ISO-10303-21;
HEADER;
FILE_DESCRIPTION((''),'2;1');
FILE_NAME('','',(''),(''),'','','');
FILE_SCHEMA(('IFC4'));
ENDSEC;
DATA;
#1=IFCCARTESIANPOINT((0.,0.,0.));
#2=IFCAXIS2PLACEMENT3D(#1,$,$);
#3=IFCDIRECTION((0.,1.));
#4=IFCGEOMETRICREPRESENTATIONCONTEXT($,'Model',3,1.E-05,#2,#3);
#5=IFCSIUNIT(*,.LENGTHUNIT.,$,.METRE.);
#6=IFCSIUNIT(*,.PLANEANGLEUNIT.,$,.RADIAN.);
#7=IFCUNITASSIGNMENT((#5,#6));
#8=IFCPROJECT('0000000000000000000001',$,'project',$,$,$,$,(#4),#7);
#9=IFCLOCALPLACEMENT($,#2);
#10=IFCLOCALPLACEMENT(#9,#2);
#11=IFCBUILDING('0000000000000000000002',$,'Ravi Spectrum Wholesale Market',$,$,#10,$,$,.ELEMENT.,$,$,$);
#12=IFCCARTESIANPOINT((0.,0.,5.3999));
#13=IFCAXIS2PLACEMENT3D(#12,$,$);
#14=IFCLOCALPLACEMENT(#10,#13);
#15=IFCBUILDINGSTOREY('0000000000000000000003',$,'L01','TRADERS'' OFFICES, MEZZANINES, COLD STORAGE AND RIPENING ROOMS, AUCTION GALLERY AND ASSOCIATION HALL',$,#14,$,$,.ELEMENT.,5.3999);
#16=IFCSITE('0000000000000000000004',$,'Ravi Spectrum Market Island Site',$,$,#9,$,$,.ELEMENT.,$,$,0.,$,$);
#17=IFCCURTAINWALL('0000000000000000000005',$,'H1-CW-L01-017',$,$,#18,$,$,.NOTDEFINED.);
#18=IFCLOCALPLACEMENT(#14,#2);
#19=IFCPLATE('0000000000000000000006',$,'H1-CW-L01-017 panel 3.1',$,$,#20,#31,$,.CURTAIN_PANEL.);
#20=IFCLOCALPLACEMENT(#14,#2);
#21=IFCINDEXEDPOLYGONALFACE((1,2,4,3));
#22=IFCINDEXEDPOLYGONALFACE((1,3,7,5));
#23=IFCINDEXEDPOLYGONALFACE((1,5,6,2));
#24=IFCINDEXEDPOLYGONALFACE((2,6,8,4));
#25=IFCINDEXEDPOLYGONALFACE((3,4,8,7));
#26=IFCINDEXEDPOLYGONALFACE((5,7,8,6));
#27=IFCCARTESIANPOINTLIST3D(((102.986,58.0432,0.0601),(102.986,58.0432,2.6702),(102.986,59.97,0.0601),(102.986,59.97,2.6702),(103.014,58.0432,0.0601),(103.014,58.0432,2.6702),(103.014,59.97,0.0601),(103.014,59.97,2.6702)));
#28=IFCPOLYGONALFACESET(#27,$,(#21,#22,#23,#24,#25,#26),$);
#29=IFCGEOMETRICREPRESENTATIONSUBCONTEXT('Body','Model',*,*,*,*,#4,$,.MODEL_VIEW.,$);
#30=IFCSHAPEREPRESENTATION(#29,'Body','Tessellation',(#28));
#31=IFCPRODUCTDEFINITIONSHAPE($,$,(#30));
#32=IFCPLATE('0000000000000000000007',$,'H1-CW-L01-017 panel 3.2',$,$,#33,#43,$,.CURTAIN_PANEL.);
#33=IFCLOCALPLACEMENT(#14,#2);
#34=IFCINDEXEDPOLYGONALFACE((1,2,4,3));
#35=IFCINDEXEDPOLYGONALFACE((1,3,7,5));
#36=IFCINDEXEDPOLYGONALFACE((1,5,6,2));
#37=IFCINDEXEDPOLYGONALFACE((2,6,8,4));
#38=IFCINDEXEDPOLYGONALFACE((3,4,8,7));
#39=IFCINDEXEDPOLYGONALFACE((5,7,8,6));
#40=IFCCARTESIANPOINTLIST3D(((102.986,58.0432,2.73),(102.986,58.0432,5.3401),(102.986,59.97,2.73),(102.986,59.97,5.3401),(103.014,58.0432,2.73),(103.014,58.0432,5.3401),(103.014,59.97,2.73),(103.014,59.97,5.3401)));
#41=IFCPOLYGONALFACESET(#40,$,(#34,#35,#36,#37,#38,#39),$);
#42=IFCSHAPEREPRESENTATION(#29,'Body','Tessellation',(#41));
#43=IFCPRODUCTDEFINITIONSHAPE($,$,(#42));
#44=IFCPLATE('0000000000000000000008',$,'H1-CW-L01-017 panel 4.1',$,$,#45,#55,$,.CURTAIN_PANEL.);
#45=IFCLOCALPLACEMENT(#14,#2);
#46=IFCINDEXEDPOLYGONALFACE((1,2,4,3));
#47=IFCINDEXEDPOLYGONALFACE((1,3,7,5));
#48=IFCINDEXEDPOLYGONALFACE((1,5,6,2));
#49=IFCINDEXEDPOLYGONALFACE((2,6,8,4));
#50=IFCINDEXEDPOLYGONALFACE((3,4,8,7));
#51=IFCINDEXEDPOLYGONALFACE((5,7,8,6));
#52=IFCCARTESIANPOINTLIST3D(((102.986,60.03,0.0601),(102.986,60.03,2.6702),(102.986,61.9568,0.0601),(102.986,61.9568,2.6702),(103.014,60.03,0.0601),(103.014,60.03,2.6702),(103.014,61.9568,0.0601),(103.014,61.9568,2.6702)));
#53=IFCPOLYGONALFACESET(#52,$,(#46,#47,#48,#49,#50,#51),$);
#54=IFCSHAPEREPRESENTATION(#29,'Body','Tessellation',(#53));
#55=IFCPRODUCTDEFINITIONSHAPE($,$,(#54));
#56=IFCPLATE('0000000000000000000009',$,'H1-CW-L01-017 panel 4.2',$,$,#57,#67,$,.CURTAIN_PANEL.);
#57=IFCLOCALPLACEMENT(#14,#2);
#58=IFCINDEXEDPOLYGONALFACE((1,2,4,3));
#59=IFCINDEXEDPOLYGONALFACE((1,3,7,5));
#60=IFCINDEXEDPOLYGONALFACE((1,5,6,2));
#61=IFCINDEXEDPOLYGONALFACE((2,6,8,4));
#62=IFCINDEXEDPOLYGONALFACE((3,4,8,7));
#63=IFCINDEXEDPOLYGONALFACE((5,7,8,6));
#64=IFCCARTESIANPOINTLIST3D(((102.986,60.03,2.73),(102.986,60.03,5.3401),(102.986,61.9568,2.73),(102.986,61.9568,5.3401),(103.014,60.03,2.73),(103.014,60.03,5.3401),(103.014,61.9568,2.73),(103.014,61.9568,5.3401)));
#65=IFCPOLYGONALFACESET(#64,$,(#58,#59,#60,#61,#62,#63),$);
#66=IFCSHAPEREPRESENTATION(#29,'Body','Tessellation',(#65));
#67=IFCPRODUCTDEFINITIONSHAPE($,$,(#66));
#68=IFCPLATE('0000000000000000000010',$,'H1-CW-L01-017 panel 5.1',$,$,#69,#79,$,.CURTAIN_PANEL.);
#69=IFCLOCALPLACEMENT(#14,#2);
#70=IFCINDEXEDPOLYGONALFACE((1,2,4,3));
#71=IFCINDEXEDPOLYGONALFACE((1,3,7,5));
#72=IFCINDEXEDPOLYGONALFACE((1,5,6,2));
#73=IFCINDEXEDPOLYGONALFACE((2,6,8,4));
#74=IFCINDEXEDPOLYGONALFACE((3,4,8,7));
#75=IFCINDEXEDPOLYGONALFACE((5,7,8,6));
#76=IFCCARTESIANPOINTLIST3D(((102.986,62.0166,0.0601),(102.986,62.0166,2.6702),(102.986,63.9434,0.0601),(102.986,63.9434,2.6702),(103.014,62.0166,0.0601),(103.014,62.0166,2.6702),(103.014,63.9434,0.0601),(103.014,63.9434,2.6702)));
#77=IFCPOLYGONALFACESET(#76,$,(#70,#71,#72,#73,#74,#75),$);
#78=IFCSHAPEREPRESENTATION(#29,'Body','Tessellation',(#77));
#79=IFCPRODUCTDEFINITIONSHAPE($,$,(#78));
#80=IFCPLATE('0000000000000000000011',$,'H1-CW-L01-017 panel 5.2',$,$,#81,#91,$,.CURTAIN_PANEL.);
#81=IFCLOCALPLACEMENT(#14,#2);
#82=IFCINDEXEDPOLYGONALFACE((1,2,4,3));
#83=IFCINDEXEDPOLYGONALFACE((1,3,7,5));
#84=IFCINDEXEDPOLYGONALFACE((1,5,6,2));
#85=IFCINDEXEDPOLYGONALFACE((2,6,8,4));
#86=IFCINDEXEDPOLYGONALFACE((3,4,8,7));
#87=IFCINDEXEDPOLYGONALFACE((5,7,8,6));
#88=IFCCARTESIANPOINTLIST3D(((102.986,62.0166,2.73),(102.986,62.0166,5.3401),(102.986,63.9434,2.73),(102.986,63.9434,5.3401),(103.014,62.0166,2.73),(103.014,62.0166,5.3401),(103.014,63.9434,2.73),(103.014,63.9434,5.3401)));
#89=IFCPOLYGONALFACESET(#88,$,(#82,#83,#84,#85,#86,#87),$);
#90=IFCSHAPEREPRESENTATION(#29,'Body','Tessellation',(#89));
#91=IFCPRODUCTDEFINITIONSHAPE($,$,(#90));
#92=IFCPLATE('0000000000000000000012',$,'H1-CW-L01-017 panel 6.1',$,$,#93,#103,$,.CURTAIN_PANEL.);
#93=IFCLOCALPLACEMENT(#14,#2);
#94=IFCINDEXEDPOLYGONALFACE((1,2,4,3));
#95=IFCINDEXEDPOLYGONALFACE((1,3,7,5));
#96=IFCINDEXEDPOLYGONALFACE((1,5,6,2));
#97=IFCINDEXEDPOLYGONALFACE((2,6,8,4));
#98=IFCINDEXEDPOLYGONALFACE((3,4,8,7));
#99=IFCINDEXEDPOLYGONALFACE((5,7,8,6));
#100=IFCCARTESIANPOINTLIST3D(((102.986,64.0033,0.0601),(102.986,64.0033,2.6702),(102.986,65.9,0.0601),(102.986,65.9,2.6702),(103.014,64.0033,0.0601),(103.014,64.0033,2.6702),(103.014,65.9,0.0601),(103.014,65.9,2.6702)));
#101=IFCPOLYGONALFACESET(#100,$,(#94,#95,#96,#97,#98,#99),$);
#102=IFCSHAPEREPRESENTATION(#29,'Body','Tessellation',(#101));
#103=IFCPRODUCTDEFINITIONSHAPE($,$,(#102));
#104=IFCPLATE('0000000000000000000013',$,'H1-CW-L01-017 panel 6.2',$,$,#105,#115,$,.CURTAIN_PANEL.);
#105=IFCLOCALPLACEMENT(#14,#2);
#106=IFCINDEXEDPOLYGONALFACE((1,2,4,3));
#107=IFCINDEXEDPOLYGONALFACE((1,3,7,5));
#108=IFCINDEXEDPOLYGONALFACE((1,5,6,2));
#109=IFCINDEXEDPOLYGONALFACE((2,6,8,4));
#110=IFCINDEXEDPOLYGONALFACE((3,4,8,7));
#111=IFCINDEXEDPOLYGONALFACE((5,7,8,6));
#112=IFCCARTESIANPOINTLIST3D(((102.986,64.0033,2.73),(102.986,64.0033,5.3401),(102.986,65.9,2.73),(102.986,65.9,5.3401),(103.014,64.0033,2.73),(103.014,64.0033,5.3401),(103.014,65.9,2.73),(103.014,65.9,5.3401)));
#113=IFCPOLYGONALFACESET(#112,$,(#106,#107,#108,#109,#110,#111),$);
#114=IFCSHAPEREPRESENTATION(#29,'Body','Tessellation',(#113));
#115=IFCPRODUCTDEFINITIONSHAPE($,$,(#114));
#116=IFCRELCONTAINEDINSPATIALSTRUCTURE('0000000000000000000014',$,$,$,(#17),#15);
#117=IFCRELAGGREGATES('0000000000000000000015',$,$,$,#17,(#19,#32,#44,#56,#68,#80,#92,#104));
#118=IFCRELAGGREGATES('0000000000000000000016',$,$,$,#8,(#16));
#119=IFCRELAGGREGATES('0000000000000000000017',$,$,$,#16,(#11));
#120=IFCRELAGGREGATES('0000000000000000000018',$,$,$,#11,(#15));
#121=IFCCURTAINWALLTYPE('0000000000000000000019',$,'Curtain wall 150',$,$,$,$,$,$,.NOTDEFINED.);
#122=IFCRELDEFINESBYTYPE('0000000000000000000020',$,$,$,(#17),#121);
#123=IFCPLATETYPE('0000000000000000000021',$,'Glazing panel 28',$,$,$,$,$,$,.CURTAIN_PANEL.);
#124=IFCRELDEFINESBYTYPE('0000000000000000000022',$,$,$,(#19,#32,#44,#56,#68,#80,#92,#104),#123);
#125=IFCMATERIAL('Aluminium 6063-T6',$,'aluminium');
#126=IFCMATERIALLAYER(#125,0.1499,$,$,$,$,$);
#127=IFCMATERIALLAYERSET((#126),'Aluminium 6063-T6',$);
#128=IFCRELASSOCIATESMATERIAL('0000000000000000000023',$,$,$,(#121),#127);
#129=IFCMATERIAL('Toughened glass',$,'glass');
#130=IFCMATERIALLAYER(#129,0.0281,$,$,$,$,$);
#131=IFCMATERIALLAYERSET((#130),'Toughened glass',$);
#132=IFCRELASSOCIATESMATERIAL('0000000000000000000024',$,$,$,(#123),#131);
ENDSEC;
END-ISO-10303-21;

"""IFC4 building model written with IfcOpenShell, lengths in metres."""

from ifc_helpers import new_model, si_unit, direction, frame, origin, origin_2d, place, context, subcontext, project, spatial, rectangle, extrude, material, layer, layer_set, type_object, element, aggregate, save


model = new_model("IFC4")

# Units and contexts
model_context = context("Model", 3, precision=1e-05, world=origin(), true_north=direction((0.0, 1.0)))
body_context = subcontext(model_context, "Body", "Model", "MODEL_VIEW")
ifc_project = project(units=[si_unit("LENGTHUNIT", "METRE"), si_unit("PLANEANGLEUNIT", "RADIAN")], contexts=[model_context])

# Site, building, storey
site_placement = place(None, origin())
site = spatial("IfcSite", under=ifc_project, at=site_placement, Name="Ravi Spectrum Market Island Site", CompositionType="ELEMENT", RefElevation=0.0)
building_placement = place(site_placement, origin())
building = spatial("IfcBuilding", under=site, at=building_placement, Name="Ravi Spectrum Wholesale Market", CompositionType="ELEMENT")
storey_placement = place(building_placement, frame((0.0, 0.0, 5.3999)))
storey = spatial("IfcBuildingStorey", under=building, at=storey_placement, Name="L01", Description="TRADERS' OFFICES, MEZZANINES, COLD STORAGE AND RIPENING ROOMS, AUCTION GALLERY AND ASSOCIATION HALL", CompositionType="ELEMENT", Elevation=5.3999)

# Curtain wall, plates
ifc_material_1 = material(Name="Aluminium 6063-T6", Category="aluminium")
ifc_layer_1 = layer(ifc_material_1, 0.1499)
ifc_layer_set_1 = layer_set([ifc_layer_1], Name="Aluminium 6063-T6")
curtain_wall_type = type_object("IfcCurtainWallType", Name="Curtain wall 150", PredefinedType="NOTDEFINED", material=ifc_layer_set_1)
curtain_wall_placement = place(storey_placement, origin())
curtain_wall = element("IfcCurtainWall", 1, at=curtain_wall_placement, inside=storey, type_object=curtain_wall_type, Name="H1-CW-L01-017", PredefinedType="NOTDEFINED")
ifc_material_2 = material(Name="Toughened glass", Category="glass")
ifc_layer_2 = layer(ifc_material_2, 0.0281)
ifc_layer_set_2 = layer_set([ifc_layer_2], Name="Toughened glass")
plate_type = type_object("IfcPlateType", Name="Glazing panel 28", PredefinedType="CURTAIN_PANEL", material=ifc_layer_set_2)
plate_1_placement = place(storey_placement, frame((103.0, 59.0066, 0.0601), z_axis=(0.0, 0.0, 1.0), x_axis=(0.0, 1.0, 0.0)))
plate_1 = element("IfcPlate", 2, at=plate_1_placement, type_object=plate_type, Name="H1-CW-L01-017 panel 3.1", PredefinedType="CURTAIN_PANEL", context=body_context, shape_type="SweptSolid", body=[
    extrude(rectangle(XDim=1.9268, YDim=0.0281, at=origin_2d()), origin(), (0.0, 0.0, 1.0), 2.6101),
])
plate_2_placement = place(storey_placement, frame((103.0, 59.0066, 2.73), z_axis=(0.0, 0.0, 1.0), x_axis=(0.0, 1.0, 0.0)))
plate_2 = element("IfcPlate", 3, at=plate_2_placement, type_object=plate_type, Name="H1-CW-L01-017 panel 3.2", PredefinedType="CURTAIN_PANEL", context=body_context, shape_type="SweptSolid", body=[
    extrude(rectangle(XDim=1.9268, YDim=0.0281, at=origin_2d()), origin(), (0.0, 0.0, 1.0), 2.6101),
])
plate_3_placement = place(storey_placement, frame((103.0, 60.9934, 0.0601), z_axis=(0.0, 0.0, 1.0), x_axis=(0.0, 1.0, 0.0)))
plate_3 = element("IfcPlate", 4, at=plate_3_placement, type_object=plate_type, Name="H1-CW-L01-017 panel 4.1", PredefinedType="CURTAIN_PANEL", context=body_context, shape_type="SweptSolid", body=[
    extrude(rectangle(XDim=1.9268, YDim=0.0281, at=origin_2d()), origin(), (0.0, 0.0, 1.0), 2.6101),
])
plate_4_placement = place(storey_placement, frame((103.0, 60.9934, 2.73), z_axis=(0.0, 0.0, 1.0), x_axis=(0.0, 1.0, 0.0)))
plate_4 = element("IfcPlate", 5, at=plate_4_placement, type_object=plate_type, Name="H1-CW-L01-017 panel 4.2", PredefinedType="CURTAIN_PANEL", context=body_context, shape_type="SweptSolid", body=[
    extrude(rectangle(XDim=1.9268, YDim=0.0281, at=origin_2d()), origin(), (0.0, 0.0, 1.0), 2.6101),
])
plate_5_placement = place(storey_placement, frame((103.0, 62.98, 0.0601), z_axis=(0.0, 0.0, 1.0), x_axis=(0.0, 1.0, 0.0)))
plate_5 = element("IfcPlate", 6, at=plate_5_placement, type_object=plate_type, Name="H1-CW-L01-017 panel 5.1", PredefinedType="CURTAIN_PANEL", context=body_context, shape_type="SweptSolid", body=[
    extrude(rectangle(XDim=1.9268, YDim=0.0281, at=origin_2d()), origin(), (0.0, 0.0, 1.0), 2.6101),
])
plate_6_placement = place(storey_placement, frame((103.0, 62.98, 2.73), z_axis=(0.0, 0.0, 1.0), x_axis=(0.0, 1.0, 0.0)))
plate_6 = element("IfcPlate", 7, at=plate_6_placement, type_object=plate_type, Name="H1-CW-L01-017 panel 5.2", PredefinedType="CURTAIN_PANEL", context=body_context, shape_type="SweptSolid", body=[
    extrude(rectangle(XDim=1.9268, YDim=0.0281, at=origin_2d()), origin(), (0.0, 0.0, 1.0), 2.6101),
])
plate_7_placement = place(storey_placement, frame((103.0, 64.9517, 0.0601), z_axis=(0.0, 0.0, 1.0), x_axis=(0.0, 1.0, 0.0)))
plate_7 = element("IfcPlate", 8, at=plate_7_placement, type_object=plate_type, Name="H1-CW-L01-017 panel 6.1", PredefinedType="CURTAIN_PANEL", context=body_context, shape_type="SweptSolid", body=[
    extrude(rectangle(XDim=1.8967, YDim=0.0281, at=origin_2d()), origin(), (0.0, 0.0, 1.0), 2.6101),
])
plate_8_placement = place(storey_placement, frame((103.0, 64.9517, 2.73), z_axis=(0.0, 0.0, 1.0), x_axis=(0.0, 1.0, 0.0)))
plate_8 = element("IfcPlate", 9, at=plate_8_placement, type_object=plate_type, Name="H1-CW-L01-017 panel 6.2", PredefinedType="CURTAIN_PANEL", context=body_context, shape_type="SweptSolid", body=[
    extrude(rectangle(XDim=1.8967, YDim=0.0281, at=origin_2d()), origin(), (0.0, 0.0, 1.0), 2.6101),
])
aggregate(curtain_wall, [plate_1, plate_2, plate_3, plate_4, plate_5, plate_6, plate_7, plate_8])

save(model, "model.ifc")
